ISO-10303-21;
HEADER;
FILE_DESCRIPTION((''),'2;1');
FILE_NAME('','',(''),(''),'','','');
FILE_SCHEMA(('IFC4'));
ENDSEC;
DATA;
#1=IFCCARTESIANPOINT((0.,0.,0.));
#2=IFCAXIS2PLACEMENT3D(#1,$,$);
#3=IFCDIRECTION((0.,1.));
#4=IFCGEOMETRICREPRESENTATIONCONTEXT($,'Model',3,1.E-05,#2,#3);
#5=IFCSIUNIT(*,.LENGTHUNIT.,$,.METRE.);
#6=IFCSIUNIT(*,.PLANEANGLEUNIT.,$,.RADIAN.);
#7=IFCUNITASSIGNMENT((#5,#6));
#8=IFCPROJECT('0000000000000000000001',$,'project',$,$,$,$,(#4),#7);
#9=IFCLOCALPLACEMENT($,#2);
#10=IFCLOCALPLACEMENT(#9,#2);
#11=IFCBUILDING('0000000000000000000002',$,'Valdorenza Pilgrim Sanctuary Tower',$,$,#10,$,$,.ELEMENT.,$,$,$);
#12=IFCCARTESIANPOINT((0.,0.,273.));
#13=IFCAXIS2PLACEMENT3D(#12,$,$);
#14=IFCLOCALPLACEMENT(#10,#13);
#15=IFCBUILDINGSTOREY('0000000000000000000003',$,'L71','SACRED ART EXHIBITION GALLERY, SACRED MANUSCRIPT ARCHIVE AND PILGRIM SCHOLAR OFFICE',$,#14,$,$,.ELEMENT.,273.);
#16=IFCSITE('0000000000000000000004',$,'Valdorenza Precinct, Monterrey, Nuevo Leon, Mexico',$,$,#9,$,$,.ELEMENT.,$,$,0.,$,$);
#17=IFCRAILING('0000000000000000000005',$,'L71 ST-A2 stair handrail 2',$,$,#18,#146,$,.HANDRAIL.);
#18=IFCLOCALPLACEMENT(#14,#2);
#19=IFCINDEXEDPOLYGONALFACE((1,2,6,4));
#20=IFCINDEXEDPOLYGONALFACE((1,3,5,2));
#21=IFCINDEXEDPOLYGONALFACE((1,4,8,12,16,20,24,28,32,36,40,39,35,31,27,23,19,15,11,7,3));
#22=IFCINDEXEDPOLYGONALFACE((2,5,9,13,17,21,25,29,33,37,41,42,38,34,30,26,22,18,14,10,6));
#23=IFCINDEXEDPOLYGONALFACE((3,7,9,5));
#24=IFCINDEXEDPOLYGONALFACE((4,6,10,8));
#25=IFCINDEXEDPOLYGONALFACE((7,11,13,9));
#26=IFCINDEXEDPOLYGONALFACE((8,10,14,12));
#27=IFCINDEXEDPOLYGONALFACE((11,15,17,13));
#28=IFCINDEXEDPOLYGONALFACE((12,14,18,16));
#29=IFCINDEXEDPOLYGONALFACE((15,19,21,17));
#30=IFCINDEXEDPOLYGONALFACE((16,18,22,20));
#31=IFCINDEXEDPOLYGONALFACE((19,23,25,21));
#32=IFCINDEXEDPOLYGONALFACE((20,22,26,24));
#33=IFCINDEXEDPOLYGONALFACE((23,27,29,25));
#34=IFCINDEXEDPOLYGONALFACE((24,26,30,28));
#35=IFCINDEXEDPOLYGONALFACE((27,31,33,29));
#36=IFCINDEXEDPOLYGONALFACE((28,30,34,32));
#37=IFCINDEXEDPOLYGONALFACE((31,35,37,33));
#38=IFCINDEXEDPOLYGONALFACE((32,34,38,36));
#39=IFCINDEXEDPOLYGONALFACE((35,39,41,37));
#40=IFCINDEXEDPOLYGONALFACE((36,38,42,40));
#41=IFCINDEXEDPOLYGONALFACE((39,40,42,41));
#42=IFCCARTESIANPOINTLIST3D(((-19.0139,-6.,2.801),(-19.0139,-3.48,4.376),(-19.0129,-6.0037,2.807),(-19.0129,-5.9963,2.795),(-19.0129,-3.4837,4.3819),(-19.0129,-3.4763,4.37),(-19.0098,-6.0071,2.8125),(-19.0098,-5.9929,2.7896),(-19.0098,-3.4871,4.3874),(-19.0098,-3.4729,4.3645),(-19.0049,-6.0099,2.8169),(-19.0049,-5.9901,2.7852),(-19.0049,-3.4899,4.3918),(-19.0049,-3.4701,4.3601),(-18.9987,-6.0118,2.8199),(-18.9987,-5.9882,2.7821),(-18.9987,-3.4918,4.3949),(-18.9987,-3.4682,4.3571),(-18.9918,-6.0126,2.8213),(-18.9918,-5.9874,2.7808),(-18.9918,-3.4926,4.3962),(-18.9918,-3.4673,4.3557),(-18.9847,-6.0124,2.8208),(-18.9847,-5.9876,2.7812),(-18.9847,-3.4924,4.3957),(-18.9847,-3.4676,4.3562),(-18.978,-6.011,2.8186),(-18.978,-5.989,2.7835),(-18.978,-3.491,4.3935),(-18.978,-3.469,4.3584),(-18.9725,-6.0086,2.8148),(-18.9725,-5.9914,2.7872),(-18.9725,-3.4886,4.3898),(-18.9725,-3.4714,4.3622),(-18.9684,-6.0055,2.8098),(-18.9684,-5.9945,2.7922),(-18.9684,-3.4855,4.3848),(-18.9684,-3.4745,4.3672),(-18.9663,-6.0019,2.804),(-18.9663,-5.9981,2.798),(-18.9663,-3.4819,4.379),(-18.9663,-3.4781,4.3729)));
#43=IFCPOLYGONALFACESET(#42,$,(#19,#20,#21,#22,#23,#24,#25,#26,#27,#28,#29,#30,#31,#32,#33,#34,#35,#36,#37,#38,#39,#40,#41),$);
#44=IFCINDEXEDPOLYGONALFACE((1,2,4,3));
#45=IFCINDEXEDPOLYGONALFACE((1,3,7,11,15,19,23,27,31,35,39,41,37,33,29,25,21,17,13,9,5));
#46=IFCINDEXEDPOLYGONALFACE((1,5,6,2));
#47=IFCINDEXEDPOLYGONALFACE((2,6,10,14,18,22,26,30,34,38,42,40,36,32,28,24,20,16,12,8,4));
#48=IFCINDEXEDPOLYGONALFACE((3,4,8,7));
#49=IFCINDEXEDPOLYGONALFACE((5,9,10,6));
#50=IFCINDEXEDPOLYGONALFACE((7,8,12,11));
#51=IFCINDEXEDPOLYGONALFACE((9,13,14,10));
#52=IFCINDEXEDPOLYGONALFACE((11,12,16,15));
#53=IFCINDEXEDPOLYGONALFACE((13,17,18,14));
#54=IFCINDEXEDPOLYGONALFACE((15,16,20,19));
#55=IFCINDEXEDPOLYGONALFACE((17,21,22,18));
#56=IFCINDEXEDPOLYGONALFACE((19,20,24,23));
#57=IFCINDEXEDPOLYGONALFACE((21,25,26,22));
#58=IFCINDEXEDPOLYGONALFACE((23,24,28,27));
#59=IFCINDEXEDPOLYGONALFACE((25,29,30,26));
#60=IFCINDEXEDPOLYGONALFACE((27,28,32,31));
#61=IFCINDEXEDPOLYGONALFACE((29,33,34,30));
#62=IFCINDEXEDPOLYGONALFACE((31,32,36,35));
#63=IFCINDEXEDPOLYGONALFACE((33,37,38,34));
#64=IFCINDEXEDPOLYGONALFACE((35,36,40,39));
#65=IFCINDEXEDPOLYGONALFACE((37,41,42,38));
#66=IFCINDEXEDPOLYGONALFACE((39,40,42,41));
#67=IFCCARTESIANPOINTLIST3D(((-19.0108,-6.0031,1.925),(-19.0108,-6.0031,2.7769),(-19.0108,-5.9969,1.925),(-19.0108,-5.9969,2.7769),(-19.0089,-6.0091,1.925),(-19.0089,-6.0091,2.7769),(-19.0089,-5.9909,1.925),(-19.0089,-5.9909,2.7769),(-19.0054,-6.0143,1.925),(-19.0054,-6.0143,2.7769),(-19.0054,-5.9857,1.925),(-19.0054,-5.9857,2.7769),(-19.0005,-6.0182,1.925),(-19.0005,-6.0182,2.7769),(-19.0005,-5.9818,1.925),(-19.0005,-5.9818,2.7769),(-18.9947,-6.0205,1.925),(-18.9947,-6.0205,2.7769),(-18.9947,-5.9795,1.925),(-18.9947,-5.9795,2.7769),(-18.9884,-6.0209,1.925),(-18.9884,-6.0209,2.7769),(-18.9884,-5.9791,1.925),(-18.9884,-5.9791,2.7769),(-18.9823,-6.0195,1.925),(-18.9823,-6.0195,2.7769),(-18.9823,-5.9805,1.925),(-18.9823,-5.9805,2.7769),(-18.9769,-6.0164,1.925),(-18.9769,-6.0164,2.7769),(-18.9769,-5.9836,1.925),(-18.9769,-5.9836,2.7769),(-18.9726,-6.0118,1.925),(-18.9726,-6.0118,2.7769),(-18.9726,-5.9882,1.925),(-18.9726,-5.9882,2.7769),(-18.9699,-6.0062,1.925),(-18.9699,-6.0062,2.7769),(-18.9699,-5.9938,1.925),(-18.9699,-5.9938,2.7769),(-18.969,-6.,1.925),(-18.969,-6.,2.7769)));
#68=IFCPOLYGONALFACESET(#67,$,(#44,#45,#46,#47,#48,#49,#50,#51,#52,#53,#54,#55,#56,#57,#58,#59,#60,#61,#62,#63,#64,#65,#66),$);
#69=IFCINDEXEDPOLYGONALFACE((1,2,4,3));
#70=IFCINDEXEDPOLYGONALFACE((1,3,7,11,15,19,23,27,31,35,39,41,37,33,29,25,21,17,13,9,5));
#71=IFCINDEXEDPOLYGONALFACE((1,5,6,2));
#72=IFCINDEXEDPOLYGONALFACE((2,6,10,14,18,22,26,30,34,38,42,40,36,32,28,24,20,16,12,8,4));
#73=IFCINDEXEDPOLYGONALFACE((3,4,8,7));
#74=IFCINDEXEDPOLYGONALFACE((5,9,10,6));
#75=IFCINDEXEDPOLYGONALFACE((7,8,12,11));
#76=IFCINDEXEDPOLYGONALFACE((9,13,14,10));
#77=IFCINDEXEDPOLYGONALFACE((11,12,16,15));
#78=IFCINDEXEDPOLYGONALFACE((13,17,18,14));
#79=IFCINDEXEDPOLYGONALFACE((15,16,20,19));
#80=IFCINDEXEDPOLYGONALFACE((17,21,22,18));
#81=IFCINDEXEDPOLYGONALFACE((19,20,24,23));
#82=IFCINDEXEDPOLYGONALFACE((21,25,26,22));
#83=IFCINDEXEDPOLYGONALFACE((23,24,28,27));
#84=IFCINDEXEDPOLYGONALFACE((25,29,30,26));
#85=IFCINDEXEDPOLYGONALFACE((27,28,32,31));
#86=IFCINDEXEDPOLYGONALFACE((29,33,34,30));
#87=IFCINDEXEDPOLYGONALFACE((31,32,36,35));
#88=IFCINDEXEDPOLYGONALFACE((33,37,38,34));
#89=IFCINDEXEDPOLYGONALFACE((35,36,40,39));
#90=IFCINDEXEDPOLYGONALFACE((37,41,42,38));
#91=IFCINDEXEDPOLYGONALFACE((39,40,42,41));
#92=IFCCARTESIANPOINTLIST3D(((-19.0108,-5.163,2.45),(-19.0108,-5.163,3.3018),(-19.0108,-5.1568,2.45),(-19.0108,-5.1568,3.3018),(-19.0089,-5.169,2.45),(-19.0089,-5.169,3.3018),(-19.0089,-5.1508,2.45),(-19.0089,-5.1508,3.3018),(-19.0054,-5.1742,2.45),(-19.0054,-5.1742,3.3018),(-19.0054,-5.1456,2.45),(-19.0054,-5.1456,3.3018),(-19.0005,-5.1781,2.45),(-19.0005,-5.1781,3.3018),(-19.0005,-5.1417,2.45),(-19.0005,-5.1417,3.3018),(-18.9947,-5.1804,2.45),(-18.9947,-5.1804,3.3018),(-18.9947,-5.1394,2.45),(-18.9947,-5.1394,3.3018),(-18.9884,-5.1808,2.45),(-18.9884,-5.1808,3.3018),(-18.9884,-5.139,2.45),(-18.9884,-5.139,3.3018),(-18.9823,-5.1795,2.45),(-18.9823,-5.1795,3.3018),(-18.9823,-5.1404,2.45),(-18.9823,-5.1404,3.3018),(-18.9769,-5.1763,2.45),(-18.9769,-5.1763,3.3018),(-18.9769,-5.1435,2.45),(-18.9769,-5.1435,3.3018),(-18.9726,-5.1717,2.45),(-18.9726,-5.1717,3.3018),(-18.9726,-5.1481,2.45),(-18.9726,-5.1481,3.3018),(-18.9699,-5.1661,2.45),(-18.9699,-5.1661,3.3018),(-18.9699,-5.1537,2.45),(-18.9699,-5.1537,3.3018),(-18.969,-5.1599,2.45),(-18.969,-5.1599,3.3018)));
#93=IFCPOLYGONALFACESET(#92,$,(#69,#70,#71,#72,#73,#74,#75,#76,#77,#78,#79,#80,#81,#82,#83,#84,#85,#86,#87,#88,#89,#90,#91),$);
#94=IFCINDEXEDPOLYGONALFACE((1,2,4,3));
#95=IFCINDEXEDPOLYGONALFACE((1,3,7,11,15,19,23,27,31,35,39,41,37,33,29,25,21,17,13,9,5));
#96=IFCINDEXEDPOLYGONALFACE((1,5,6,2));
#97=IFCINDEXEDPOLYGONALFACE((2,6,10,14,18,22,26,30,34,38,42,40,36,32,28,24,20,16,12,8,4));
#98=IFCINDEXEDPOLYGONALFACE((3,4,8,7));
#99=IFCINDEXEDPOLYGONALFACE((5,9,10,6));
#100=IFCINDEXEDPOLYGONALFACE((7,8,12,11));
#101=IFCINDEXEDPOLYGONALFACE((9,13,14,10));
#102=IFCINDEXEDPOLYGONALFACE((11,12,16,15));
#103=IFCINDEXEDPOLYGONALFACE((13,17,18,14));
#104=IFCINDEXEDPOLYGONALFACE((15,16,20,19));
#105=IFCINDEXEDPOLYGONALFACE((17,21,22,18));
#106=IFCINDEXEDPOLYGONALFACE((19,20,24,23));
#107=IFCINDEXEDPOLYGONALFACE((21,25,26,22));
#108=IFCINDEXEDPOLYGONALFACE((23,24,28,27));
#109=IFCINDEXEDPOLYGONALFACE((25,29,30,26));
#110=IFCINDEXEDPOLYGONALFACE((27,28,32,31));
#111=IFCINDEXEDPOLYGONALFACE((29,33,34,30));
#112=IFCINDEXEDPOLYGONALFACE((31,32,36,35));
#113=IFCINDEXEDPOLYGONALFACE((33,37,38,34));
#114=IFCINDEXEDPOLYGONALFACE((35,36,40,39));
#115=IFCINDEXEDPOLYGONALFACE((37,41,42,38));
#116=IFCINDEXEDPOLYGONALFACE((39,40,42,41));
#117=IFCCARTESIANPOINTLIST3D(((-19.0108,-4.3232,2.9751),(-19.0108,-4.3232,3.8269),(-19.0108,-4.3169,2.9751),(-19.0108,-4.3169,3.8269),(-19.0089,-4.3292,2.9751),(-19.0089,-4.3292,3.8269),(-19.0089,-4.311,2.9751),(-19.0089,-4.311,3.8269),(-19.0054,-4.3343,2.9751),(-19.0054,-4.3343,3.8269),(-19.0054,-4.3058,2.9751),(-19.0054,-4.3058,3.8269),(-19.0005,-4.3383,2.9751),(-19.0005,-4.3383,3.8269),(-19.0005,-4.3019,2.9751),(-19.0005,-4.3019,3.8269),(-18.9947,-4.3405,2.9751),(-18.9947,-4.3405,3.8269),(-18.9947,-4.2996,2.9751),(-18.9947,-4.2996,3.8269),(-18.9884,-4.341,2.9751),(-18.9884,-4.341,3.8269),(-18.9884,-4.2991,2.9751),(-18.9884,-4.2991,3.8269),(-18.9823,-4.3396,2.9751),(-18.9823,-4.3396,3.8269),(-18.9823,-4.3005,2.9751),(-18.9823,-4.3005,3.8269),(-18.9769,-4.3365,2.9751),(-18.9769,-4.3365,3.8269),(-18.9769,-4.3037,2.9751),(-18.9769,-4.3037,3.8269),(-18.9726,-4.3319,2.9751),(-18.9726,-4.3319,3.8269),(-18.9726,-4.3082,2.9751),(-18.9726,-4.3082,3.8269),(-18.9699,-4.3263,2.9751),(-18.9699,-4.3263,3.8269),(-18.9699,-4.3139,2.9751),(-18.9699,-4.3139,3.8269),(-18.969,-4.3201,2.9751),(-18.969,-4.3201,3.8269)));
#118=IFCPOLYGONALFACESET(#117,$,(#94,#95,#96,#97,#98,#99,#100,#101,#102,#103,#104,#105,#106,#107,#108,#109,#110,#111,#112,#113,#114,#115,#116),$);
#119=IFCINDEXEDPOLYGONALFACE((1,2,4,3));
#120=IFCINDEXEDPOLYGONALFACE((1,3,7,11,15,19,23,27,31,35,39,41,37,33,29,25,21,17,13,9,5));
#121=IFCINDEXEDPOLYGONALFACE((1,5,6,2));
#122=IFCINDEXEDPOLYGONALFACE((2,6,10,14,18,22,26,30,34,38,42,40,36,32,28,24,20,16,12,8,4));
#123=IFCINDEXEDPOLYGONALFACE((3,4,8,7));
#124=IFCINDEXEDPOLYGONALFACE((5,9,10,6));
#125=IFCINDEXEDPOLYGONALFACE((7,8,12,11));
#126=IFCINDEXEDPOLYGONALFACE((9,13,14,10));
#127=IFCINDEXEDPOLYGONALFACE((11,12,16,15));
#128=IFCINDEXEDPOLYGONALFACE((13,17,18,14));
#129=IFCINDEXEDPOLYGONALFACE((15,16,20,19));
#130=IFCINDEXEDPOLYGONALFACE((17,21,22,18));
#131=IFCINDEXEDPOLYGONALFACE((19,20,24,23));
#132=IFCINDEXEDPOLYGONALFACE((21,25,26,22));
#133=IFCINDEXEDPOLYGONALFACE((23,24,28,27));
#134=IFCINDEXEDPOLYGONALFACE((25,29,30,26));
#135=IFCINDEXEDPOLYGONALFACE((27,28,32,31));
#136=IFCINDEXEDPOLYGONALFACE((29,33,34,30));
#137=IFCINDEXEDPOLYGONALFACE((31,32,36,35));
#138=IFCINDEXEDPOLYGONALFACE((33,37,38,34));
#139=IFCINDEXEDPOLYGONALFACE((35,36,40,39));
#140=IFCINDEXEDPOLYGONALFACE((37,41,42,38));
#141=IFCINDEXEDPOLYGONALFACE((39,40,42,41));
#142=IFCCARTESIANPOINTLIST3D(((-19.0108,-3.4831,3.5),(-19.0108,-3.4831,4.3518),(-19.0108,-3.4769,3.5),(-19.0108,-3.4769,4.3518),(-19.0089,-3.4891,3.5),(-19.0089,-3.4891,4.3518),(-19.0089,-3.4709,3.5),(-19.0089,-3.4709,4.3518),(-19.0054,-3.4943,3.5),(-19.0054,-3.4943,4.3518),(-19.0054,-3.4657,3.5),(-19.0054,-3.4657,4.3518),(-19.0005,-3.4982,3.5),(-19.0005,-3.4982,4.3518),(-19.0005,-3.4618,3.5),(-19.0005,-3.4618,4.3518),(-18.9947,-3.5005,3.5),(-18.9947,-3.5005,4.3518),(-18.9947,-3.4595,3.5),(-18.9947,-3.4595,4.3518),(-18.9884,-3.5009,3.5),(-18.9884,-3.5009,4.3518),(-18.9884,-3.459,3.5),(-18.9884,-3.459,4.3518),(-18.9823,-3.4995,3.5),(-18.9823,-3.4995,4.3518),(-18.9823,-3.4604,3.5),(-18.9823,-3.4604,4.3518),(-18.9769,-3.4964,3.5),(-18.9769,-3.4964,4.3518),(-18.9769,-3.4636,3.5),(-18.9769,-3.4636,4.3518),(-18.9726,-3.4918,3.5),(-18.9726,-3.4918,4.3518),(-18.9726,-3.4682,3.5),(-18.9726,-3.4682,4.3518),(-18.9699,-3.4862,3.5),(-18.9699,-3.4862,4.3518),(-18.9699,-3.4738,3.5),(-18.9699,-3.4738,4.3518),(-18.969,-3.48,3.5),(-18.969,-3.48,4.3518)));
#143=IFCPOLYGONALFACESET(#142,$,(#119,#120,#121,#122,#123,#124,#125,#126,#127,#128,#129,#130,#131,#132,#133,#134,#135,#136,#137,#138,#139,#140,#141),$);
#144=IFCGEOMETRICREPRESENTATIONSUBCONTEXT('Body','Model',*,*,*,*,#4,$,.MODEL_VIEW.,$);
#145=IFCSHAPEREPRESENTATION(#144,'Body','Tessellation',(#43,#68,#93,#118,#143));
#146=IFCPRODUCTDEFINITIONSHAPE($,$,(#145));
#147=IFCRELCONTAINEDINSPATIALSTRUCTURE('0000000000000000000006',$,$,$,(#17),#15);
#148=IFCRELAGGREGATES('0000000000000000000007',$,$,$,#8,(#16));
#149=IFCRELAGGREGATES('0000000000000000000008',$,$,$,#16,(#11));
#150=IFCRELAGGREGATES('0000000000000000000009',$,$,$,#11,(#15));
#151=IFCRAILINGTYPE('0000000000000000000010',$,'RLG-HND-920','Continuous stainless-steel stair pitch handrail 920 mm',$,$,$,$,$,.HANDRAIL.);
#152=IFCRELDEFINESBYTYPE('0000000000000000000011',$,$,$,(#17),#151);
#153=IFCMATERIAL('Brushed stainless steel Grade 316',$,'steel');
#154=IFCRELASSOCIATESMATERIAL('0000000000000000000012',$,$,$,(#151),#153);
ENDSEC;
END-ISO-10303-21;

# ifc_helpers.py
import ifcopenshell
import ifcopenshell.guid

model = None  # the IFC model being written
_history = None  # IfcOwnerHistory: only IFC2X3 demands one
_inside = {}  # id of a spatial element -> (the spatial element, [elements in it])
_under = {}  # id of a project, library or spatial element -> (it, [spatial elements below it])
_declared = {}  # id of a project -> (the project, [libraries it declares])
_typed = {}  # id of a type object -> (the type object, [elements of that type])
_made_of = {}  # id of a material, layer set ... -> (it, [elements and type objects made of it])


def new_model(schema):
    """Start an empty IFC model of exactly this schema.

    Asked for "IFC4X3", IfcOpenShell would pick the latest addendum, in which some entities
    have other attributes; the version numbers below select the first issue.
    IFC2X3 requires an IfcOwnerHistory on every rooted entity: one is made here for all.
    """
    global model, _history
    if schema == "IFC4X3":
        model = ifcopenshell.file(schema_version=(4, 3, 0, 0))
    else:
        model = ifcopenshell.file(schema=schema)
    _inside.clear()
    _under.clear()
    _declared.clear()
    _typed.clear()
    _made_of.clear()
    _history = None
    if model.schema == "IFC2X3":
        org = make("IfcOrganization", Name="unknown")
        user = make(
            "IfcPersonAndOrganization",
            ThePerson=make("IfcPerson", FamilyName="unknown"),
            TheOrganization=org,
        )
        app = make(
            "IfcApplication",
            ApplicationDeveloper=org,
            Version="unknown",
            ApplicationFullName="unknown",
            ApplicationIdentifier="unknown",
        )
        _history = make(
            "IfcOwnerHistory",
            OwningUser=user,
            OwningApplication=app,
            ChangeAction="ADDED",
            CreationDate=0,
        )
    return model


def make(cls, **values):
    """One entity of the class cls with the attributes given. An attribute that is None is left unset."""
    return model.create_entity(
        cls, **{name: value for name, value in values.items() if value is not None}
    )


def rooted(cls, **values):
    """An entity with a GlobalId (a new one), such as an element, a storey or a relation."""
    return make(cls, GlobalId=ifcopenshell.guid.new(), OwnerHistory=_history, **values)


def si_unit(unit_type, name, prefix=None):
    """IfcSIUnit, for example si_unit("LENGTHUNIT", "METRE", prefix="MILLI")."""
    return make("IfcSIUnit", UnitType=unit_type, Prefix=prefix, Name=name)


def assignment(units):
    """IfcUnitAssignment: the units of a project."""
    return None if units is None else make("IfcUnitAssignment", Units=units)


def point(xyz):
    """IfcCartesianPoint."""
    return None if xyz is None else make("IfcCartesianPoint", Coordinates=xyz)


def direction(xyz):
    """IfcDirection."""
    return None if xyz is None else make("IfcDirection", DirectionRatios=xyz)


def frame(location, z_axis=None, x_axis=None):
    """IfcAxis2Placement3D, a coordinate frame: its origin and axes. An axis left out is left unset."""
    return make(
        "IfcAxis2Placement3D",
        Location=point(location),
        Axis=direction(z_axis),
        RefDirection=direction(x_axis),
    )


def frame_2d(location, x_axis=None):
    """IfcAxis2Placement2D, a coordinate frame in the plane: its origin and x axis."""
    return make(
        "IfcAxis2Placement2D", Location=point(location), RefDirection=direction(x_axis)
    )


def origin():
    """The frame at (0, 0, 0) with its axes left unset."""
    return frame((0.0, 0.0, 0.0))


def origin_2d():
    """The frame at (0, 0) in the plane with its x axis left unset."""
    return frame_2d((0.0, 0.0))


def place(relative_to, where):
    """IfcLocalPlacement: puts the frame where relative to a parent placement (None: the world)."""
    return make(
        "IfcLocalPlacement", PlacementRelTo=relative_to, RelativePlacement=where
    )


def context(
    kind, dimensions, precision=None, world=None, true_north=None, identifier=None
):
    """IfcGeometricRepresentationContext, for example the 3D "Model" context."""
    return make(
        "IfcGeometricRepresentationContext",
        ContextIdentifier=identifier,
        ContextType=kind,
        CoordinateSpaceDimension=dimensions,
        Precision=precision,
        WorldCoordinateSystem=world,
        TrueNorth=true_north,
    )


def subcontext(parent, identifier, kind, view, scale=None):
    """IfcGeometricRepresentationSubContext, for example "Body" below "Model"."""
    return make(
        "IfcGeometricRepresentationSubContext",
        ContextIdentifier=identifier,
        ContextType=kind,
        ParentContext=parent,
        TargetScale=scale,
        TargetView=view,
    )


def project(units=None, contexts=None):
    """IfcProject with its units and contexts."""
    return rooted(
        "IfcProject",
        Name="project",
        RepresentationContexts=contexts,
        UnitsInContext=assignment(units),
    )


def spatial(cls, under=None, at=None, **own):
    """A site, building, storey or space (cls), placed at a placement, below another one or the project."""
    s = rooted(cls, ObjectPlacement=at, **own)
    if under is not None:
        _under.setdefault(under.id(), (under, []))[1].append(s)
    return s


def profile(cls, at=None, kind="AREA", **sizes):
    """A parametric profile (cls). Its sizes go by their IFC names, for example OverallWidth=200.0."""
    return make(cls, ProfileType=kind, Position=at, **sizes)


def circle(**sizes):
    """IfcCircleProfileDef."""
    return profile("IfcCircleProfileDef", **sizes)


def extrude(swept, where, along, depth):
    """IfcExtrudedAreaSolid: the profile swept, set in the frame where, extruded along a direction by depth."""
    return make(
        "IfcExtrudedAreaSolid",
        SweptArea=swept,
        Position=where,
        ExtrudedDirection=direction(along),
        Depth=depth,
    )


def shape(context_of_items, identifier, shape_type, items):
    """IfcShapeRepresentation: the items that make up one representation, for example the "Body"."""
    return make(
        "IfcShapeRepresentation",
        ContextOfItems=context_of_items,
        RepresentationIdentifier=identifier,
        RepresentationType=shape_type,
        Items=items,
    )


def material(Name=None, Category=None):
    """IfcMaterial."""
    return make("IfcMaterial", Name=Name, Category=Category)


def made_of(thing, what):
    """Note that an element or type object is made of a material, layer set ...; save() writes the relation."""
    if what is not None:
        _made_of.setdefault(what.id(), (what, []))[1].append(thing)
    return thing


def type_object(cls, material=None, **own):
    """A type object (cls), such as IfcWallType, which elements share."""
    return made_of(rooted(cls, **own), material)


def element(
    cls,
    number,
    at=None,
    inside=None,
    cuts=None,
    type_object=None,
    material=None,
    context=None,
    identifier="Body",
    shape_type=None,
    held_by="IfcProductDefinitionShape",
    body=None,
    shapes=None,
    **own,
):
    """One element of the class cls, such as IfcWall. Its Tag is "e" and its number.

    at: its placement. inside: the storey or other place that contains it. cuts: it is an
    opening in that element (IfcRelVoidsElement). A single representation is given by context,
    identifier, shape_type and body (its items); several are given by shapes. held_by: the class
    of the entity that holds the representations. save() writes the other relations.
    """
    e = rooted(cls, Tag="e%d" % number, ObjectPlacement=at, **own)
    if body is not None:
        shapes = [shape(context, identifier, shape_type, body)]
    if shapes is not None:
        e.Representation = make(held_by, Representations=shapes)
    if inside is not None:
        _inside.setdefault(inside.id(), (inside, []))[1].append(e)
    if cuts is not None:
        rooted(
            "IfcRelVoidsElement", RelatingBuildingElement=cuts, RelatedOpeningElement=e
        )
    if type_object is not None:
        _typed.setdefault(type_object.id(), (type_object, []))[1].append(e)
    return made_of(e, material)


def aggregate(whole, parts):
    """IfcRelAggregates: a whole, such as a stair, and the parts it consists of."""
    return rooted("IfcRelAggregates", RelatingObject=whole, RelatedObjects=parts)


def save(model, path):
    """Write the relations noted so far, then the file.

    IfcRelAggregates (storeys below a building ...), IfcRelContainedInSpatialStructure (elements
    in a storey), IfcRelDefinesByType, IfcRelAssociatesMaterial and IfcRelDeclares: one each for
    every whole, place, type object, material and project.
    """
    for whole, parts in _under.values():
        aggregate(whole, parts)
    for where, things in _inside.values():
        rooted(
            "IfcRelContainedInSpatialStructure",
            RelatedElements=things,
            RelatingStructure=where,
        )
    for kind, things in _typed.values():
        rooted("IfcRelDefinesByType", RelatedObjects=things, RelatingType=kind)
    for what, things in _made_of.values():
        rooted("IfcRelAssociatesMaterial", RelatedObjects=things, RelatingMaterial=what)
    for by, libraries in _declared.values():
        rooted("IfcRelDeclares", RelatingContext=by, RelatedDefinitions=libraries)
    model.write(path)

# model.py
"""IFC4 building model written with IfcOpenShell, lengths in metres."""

from ifc_helpers import new_model, si_unit, direction, frame, origin, origin_2d, place, context, subcontext, project, spatial, circle, extrude, material, type_object, element, save


model = new_model("IFC4")

# Units and contexts
model_context = context("Model", 3, precision=1e-05, world=origin(), true_north=direction((0.0, 1.0)))
body_context = subcontext(model_context, "Body", "Model", "MODEL_VIEW")
ifc_project = project(units=[si_unit("LENGTHUNIT", "METRE"), si_unit("PLANEANGLEUNIT", "RADIAN")], contexts=[model_context])

# Site, building, storey
site_placement = place(None, origin())
site = spatial("IfcSite", under=ifc_project, at=site_placement, Name="Valdorenza Precinct, Monterrey, Nuevo Leon, Mexico", CompositionType="ELEMENT", RefElevation=0.0)
building_placement = place(site_placement, origin())
building = spatial("IfcBuilding", under=site, at=building_placement, Name="Valdorenza Pilgrim Sanctuary Tower", CompositionType="ELEMENT")
storey_placement = place(building_placement, frame((0.0, 0.0, 273.0)))
storey = spatial("IfcBuildingStorey", under=building, at=storey_placement, Name="L71", Description="SACRED ART EXHIBITION GALLERY, SACRED MANUSCRIPT ARCHIVE AND PILGRIM SCHOLAR OFFICE", CompositionType="ELEMENT", Elevation=273.0)

# Shared definitions
ifc_material_1 = material(Name="Brushed stainless steel Grade 316", Category="steel")

# Railing
railing_type_1 = type_object("IfcRailingType", Name="RLG-HND-920", Description="Continuous stainless-steel stair pitch handrail 920 mm", PredefinedType="HANDRAIL", material=ifc_material_1)
railing_1_placement = place(storey_placement, frame((-18.99, -6.0, 1.925)))
element("IfcRailing", 1, at=railing_1_placement, inside=storey, type_object=railing_type_1, Name="L71 ST-A2 stair handrail 2", PredefinedType="HANDRAIL", context=body_context, shape_type="SweptSolid", body=[
    extrude(circle(Radius=0.0239, at=origin_2d()), frame((0.0, 0.0, 0.876), z_axis=(0.0, 0.848008, 0.529984), x_axis=(-1.0, 0.0, 0.0)), (0.0, 0.0, 1.0), 2.9717),
    extrude(circle(Radius=0.021, at=origin_2d()), origin(), (0.0, 0.0, 1.0), 0.8518),
    extrude(circle(Radius=0.021, at=origin_2d()), frame((0.0, 0.8401, 0.5249)), (0.0, 0.0, 1.0), 0.8518),
    extrude(circle(Radius=0.021, at=origin_2d()), frame((0.0, 1.6799, 1.05)), (0.0, 0.0, 1.0), 0.8518),
    extrude(circle(Radius=0.021, at=origin_2d()), frame((0.0, 2.52, 1.575)), (0.0, 0.0, 1.0), 0.8518),
])

save(model, "model.ifc")
